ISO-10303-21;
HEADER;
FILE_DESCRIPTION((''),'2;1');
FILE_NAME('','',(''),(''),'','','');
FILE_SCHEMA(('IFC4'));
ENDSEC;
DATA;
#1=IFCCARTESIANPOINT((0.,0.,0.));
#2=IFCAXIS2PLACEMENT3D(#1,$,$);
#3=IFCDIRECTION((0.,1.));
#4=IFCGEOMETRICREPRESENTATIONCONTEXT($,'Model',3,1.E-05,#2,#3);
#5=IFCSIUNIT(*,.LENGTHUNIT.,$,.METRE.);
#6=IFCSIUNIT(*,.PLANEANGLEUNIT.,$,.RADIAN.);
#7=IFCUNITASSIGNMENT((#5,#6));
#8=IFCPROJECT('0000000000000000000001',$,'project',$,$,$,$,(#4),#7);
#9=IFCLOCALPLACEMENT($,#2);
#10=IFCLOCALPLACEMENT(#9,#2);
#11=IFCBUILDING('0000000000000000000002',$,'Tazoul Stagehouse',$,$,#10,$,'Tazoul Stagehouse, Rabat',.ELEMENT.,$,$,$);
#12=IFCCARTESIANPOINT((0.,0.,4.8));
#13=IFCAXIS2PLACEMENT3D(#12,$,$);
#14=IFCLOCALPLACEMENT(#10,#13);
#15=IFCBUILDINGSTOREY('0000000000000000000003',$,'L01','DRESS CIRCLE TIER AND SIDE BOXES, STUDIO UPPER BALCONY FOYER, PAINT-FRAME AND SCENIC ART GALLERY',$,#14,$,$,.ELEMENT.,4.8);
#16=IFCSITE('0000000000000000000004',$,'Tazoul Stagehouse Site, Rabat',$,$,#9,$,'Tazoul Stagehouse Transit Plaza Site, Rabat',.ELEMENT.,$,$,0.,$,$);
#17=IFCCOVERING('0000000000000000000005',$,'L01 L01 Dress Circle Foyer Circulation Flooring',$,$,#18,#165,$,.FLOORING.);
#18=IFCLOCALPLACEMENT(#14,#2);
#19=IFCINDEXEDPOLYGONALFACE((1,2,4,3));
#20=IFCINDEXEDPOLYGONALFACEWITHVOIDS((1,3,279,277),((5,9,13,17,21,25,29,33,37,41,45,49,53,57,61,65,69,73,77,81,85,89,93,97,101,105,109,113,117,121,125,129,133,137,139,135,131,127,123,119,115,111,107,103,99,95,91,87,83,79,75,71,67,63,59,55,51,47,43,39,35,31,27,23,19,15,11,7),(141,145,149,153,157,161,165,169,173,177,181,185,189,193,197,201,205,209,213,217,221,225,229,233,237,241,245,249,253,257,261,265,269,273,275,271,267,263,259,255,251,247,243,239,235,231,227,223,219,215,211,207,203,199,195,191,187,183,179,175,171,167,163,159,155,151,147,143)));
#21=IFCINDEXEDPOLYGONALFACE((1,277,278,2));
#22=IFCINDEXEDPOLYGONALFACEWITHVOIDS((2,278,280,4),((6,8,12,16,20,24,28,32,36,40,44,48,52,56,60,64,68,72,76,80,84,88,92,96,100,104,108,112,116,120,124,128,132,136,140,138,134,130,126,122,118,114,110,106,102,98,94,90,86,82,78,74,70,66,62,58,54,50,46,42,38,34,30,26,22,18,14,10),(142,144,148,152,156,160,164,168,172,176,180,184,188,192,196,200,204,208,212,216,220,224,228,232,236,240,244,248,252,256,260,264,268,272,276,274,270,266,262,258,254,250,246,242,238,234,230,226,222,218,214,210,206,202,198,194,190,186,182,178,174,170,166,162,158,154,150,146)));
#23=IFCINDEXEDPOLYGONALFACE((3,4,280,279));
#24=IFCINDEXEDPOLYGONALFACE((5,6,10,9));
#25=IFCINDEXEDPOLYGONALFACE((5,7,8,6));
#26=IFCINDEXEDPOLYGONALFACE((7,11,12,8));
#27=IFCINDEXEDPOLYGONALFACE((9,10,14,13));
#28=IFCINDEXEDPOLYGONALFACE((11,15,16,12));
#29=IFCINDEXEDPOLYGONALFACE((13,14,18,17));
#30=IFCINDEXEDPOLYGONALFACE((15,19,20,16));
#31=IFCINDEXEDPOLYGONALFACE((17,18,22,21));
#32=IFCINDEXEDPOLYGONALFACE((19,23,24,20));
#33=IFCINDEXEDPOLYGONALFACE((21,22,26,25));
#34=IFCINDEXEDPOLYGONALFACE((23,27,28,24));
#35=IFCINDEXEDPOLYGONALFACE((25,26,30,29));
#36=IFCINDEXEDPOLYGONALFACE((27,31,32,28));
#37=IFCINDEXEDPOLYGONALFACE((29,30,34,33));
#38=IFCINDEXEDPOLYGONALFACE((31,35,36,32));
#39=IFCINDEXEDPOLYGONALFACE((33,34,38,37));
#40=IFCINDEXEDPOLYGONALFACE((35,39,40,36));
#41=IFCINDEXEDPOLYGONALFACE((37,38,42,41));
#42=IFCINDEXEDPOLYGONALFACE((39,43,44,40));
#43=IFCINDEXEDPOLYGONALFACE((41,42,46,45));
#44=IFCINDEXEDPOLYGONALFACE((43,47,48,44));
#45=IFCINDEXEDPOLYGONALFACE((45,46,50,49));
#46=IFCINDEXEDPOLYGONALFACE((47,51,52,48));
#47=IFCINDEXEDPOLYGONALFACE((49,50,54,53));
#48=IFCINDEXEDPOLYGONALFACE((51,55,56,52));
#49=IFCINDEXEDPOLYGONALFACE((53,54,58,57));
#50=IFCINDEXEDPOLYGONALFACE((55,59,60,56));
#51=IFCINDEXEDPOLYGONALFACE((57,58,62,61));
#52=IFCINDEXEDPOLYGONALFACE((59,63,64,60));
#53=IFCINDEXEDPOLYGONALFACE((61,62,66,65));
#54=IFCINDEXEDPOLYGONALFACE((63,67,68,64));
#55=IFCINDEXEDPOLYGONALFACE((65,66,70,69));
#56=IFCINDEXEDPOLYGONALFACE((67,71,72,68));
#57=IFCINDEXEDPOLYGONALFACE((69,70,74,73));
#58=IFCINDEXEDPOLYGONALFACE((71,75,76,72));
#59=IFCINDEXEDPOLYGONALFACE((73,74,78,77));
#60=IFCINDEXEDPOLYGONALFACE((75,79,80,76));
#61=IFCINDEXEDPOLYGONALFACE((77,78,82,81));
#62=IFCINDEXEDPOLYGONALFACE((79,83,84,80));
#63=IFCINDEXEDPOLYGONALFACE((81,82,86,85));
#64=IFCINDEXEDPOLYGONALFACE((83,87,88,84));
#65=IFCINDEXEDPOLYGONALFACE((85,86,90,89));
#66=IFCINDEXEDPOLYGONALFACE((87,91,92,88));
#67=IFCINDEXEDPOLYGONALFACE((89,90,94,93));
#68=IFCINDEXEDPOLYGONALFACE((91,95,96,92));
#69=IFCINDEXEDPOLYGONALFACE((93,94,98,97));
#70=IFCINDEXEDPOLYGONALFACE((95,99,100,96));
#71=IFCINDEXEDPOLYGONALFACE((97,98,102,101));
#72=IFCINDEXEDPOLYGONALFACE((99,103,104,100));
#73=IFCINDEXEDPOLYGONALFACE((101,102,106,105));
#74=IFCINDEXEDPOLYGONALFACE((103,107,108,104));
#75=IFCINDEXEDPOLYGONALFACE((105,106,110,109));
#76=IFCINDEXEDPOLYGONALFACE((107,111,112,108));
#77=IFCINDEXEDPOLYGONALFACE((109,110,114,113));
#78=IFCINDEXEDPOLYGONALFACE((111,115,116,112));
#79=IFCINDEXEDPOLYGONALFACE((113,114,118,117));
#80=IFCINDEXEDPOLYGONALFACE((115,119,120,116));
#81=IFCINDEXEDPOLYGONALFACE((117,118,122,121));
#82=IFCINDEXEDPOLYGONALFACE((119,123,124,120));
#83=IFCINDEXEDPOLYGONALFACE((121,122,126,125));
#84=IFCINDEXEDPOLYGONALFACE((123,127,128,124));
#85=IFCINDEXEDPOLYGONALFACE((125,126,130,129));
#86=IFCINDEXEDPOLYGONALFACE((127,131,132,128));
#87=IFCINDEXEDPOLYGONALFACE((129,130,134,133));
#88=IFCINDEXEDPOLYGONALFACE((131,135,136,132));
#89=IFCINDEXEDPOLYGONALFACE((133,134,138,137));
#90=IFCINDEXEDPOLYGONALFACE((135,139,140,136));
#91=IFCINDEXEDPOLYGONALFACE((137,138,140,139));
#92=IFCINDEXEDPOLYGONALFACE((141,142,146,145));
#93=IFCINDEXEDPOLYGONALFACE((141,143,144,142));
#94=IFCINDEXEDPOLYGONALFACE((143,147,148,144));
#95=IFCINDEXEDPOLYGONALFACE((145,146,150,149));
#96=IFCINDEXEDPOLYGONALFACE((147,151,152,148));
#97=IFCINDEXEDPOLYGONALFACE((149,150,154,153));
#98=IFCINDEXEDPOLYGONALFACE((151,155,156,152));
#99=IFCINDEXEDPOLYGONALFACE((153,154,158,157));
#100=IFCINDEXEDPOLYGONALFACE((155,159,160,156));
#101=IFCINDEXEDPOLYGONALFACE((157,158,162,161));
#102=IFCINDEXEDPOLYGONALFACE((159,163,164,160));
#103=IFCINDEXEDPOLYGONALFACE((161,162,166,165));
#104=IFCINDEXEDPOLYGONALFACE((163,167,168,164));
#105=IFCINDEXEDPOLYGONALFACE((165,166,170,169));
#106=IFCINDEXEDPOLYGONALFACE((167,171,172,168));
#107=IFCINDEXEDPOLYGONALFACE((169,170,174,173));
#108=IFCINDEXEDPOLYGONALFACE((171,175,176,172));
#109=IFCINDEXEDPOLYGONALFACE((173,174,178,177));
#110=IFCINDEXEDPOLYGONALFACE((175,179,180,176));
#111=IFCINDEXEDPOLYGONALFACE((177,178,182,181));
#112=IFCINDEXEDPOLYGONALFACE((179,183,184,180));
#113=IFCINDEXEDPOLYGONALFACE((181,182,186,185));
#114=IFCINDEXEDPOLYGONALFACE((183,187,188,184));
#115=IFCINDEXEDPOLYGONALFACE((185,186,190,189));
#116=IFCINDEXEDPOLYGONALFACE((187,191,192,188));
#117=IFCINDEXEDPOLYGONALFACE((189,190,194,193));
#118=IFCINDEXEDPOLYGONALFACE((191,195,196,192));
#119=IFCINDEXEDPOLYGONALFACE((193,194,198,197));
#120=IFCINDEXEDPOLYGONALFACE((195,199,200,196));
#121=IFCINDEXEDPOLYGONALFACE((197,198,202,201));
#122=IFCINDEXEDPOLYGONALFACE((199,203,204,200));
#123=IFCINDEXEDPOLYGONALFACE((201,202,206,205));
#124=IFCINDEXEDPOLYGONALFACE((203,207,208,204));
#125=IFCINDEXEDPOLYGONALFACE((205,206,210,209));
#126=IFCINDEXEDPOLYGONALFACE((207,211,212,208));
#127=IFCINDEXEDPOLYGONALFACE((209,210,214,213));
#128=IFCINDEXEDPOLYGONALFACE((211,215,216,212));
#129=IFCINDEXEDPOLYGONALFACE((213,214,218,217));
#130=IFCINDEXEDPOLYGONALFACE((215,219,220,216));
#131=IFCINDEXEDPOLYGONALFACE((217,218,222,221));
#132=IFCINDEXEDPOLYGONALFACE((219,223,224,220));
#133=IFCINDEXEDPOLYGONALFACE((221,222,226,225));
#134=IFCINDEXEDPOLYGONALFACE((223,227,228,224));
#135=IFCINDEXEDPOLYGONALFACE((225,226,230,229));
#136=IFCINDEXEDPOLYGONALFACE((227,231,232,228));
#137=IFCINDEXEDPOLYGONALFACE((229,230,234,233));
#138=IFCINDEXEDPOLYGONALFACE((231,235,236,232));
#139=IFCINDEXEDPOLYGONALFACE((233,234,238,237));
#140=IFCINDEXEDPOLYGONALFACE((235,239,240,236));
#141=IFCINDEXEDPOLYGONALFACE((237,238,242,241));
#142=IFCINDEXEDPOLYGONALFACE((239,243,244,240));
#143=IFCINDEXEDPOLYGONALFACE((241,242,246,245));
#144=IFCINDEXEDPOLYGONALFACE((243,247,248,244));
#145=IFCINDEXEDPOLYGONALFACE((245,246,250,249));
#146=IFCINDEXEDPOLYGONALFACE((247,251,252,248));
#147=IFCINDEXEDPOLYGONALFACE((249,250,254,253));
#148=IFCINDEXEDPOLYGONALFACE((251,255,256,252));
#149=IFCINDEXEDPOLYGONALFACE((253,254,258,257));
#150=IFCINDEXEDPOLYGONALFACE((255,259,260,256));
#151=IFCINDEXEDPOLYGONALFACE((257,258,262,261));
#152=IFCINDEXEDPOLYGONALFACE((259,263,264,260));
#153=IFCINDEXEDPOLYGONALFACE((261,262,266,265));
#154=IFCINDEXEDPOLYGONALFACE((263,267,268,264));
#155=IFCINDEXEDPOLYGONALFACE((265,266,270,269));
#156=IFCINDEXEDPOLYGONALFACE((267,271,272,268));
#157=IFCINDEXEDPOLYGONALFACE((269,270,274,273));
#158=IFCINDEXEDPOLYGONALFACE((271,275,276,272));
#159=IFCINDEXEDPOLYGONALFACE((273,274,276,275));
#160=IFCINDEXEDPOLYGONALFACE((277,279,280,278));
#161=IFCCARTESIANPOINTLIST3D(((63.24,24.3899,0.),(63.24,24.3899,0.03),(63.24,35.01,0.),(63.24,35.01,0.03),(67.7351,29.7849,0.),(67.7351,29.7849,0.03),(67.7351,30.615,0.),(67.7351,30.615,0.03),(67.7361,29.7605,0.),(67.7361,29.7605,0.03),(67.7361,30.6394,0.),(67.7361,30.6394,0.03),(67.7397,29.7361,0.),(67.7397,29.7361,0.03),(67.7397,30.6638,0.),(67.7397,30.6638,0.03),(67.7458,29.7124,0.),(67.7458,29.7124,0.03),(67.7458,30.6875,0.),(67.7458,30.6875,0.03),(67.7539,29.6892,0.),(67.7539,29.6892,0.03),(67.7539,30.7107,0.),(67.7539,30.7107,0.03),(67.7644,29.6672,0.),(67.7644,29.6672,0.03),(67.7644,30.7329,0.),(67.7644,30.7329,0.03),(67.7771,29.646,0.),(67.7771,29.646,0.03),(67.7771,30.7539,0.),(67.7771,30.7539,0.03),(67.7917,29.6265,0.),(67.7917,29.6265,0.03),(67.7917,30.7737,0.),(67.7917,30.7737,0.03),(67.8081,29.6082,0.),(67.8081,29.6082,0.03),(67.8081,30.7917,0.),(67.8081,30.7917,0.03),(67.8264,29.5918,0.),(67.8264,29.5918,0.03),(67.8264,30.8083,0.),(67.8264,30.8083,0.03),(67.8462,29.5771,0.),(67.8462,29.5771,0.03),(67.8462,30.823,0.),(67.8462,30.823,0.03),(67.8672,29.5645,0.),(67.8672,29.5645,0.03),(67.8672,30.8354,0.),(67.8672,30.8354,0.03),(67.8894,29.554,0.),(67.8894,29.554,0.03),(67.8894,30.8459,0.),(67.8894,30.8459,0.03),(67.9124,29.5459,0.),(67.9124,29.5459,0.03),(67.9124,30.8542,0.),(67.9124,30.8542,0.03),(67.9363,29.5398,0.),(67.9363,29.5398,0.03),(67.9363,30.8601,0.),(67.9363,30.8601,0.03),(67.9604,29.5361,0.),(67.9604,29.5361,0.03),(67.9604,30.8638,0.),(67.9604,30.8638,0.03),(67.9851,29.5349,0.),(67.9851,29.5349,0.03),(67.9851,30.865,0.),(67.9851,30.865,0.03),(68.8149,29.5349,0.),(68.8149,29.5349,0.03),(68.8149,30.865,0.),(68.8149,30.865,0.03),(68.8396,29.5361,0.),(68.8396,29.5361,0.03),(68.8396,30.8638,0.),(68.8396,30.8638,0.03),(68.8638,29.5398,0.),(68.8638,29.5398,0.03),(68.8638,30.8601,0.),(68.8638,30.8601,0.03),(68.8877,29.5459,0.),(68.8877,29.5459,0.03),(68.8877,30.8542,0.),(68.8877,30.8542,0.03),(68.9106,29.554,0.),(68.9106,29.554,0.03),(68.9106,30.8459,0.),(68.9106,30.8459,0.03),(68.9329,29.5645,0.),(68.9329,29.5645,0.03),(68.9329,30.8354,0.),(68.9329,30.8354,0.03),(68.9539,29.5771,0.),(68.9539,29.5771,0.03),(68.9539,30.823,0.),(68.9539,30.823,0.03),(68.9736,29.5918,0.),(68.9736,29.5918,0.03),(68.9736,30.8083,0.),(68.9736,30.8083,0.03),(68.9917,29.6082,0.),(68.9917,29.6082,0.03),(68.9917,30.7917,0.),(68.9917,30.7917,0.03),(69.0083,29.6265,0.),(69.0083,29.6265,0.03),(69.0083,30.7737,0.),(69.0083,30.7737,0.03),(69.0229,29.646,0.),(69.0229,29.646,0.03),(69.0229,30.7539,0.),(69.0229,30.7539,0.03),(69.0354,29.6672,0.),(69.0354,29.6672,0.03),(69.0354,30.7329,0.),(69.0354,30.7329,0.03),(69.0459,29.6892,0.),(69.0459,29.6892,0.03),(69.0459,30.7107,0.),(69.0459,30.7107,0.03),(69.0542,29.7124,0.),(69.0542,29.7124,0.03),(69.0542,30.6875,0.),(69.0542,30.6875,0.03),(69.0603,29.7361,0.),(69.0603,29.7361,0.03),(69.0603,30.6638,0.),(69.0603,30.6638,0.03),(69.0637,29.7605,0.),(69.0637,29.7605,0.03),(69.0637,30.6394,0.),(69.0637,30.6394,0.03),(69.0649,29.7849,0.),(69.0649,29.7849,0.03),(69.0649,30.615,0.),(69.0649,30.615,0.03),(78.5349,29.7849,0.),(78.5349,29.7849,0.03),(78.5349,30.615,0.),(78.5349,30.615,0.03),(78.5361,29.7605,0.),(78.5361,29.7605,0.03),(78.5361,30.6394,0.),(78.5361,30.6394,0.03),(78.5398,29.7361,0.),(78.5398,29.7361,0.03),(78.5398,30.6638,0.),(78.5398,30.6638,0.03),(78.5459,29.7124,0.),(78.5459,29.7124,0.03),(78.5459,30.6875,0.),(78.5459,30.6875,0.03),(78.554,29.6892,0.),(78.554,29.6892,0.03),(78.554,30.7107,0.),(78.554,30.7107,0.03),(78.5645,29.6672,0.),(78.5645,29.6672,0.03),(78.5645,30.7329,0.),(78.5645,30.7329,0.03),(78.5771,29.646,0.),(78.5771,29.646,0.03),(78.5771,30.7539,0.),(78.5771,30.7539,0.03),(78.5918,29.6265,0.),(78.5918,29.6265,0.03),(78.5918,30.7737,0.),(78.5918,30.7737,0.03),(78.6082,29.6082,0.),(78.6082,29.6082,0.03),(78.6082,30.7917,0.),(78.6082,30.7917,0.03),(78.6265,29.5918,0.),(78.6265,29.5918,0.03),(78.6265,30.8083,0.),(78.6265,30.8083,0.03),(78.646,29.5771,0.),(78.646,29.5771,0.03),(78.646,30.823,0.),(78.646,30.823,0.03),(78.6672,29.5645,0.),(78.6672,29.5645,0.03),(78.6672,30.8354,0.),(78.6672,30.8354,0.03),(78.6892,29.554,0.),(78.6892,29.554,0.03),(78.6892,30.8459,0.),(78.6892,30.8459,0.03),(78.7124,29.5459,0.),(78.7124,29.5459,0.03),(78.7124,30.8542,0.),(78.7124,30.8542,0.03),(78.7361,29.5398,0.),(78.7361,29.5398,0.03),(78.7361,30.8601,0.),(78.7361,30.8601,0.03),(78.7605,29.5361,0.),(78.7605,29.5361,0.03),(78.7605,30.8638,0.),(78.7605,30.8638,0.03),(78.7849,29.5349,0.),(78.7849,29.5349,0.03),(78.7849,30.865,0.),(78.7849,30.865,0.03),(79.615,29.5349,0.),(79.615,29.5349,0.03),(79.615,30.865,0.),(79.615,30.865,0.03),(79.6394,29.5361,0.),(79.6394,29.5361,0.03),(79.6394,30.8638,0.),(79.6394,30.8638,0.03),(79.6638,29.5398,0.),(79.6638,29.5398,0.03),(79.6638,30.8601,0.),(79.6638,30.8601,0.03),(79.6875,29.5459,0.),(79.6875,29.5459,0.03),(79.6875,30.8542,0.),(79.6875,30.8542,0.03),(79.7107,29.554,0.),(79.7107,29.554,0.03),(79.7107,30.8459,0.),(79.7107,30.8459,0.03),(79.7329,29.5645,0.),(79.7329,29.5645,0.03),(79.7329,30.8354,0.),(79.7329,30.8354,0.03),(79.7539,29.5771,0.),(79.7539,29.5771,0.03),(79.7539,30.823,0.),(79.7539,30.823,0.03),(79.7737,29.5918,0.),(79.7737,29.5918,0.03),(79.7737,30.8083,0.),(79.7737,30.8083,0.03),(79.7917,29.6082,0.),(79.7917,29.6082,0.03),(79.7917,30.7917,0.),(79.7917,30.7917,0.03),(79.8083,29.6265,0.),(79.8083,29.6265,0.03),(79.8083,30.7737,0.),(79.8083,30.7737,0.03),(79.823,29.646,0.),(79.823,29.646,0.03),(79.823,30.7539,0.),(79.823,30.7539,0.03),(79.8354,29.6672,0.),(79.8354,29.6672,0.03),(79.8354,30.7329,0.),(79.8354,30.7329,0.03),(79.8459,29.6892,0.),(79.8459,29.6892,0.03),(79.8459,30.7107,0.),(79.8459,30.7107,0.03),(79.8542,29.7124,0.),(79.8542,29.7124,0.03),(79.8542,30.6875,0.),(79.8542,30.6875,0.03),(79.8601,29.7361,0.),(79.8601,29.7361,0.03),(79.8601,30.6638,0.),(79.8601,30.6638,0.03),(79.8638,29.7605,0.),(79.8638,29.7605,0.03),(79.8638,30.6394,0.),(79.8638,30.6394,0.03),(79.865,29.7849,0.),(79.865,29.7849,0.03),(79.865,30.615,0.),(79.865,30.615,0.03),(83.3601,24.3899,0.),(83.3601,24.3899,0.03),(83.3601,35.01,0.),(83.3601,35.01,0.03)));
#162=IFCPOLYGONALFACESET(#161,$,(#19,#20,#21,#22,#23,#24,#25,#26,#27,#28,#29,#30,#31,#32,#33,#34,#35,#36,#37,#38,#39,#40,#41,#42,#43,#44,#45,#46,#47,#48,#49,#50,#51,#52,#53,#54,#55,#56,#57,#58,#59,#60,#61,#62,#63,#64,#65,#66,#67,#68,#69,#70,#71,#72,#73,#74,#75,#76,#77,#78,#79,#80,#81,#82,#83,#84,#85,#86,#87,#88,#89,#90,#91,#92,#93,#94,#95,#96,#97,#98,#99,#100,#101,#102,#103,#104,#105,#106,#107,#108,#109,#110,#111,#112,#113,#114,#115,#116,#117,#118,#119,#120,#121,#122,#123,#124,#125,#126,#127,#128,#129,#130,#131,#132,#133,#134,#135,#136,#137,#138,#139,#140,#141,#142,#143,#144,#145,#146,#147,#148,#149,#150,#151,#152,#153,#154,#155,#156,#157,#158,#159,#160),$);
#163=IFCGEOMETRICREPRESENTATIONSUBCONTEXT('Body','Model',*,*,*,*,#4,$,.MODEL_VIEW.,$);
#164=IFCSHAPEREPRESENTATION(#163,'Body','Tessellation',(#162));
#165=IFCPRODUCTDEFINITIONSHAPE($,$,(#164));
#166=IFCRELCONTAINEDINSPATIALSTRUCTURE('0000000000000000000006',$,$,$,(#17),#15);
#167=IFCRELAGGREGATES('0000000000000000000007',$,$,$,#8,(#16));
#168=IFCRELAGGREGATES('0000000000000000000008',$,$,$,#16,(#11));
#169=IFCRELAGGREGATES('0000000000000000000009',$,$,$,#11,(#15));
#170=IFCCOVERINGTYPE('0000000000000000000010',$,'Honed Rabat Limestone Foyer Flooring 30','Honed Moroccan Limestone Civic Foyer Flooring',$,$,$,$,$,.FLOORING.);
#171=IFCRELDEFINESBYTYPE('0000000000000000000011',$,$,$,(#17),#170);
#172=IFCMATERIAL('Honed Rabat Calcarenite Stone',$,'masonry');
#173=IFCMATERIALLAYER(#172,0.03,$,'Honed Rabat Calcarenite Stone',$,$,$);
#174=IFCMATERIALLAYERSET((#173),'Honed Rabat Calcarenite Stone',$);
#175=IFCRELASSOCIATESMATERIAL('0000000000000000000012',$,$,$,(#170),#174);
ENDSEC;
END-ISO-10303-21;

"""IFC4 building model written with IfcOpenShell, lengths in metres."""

from ifc_helpers import new_model, si_unit, direction, frame, origin, place, context, subcontext, project, spatial, polyline, outline, extrude, material, layer, layer_set, type_object, element, save


model = new_model("IFC4")

# Units and contexts
model_context = context("Model", 3, precision=1e-05, world=origin(), true_north=direction((0.0, 1.0)))
body_context = subcontext(model_context, "Body", "Model", "MODEL_VIEW")
ifc_project = project(units=[si_unit("LENGTHUNIT", "METRE"), si_unit("PLANEANGLEUNIT", "RADIAN")], contexts=[model_context])

# Site, building, storey
site_placement = place(None, origin())
site = spatial("IfcSite", under=ifc_project, at=site_placement, Name="Tazoul Stagehouse Site, Rabat", LongName="Tazoul Stagehouse Transit Plaza Site, Rabat", CompositionType="ELEMENT", RefElevation=0.0)
building_placement = place(site_placement, origin())
building = spatial("IfcBuilding", under=site, at=building_placement, Name="Tazoul Stagehouse", LongName="Tazoul Stagehouse, Rabat", CompositionType="ELEMENT")
storey_placement = place(building_placement, frame((0.0, 0.0, 4.8)))
storey = spatial("IfcBuildingStorey", under=building, at=storey_placement, Name="L01", Description="DRESS CIRCLE TIER AND SIDE BOXES, STUDIO UPPER BALCONY FOYER, PAINT-FRAME AND SCENIC ART GALLERY", CompositionType="ELEMENT", Elevation=4.8)

# Covering
ifc_material_1 = material(Name="Honed Rabat Calcarenite Stone", Category="masonry")
ifc_layer_1 = layer(ifc_material_1, 0.03, Name="Honed Rabat Calcarenite Stone")
ifc_layer_set_1 = layer_set([ifc_layer_1], Name="Honed Rabat Calcarenite Stone")
covering_type_1 = type_object("IfcCoveringType", Name="Honed Rabat Limestone Foyer Flooring 30", Description="Honed Moroccan Limestone Civic Foyer Flooring", PredefinedType="FLOORING", material=ifc_layer_set_1)
covering_1_placement = place(storey_placement, origin())
element("IfcCovering", 1, at=covering_1_placement, inside=storey, type_object=covering_type_1, Name="L01 L01 Dress Circle Foyer Circulation Flooring", PredefinedType="FLOORING", context=body_context, shape_type="SweptSolid", body=[
    extrude(outline(polyline([(83.3601, 35.01), (83.3601, 24.3899), (63.24, 24.3899), (63.24, 35.01), (83.3601, 35.01)]), holes=[polyline([(79.8638, 30.6394), (79.8601, 30.6638), (79.8542, 30.6875), (79.8459, 30.7107), (79.8354, 30.7329), (79.823, 30.7539), (79.8083, 30.7737), (79.7917, 30.7917), (79.7737, 30.8083), (79.7539, 30.823), (79.7329, 30.8354), (79.7107, 30.8459), (79.6875, 30.8542), (79.6638, 30.8601), (79.6394, 30.8638), (79.615, 30.865), (78.7849, 30.865), (78.7605, 30.8638), (78.7361, 30.8601), (78.7124, 30.8542), (78.6892, 30.8459), (78.6672, 30.8354), (78.646, 30.823), (78.6265, 30.8083), (78.6082, 30.7917), (78.5918, 30.7737), (78.5771, 30.7539), (78.5645, 30.7329), (78.554, 30.7107), (78.5459, 30.6875), (78.5398, 30.6638), (78.5361, 30.6394), (78.5349, 30.615), (78.5349, 29.7849), (78.5361, 29.7605), (78.5398, 29.7361), (78.5459, 29.7124), (78.554, 29.6892), (78.5645, 29.6672), (78.5771, 29.646), (78.5918, 29.6265), (78.6082, 29.6082), (78.6265, 29.5918), (78.646, 29.5771), (78.6672, 29.5645), (78.6892, 29.554), (78.7124, 29.5459), (78.7361, 29.5398), (78.7605, 29.5361), (78.7849, 29.5349), (79.615, 29.5349), (79.6394, 29.5361), (79.6638, 29.5398), (79.6875, 29.5459), (79.7107, 29.554), (79.7329, 29.5645), (79.7539, 29.5771), (79.7737, 29.5918), (79.7917, 29.6082), (79.8083, 29.6265), (79.823, 29.646), (79.8354, 29.6672), (79.8459, 29.6892), (79.8542, 29.7124), (79.8601, 29.7361), (79.8638, 29.7605), (79.865, 29.7849), (79.865, 30.615), (79.8638, 30.6394)]), polyline([(67.9604, 30.8638), (67.9363, 30.8601), (67.9124, 30.8542), (67.8894, 30.8459), (67.8672, 30.8354), (67.8462, 30.823), (67.8264, 30.8083), (67.8081, 30.7917), (67.7917, 30.7737), (67.7771, 30.7539), (67.7644, 30.7329), (67.7539, 30.7107), (67.7458, 30.6875), (67.7397, 30.6638), (67.7361, 30.6394), (67.7351, 30.615), (67.7351, 29.7849), (67.7361, 29.7605), (67.7397, 29.7361), (67.7458, 29.7124), (67.7539, 29.6892), (67.7644, 29.6672), (67.7771, 29.646), (67.7917, 29.6265), (67.8081, 29.6082), (67.8264, 29.5918), (67.8462, 29.5771), (67.8672, 29.5645), (67.8894, 29.554), (67.9124, 29.5459), (67.9363, 29.5398), (67.9604, 29.5361), (67.9851, 29.5349), (68.8149, 29.5349), (68.8396, 29.5361), (68.8638, 29.5398), (68.8877, 29.5459), (68.9106, 29.554), (68.9329, 29.5645), (68.9539, 29.5771), (68.9736, 29.5918), (68.9917, 29.6082), (69.0083, 29.6265), (69.0229, 29.646), (69.0354, 29.6672), (69.0459, 29.6892), (69.0542, 29.7124), (69.0603, 29.7361), (69.0637, 29.7605), (69.0649, 29.7849), (69.0649, 30.615), (69.0637, 30.6394), (69.0603, 30.6638), (69.0542, 30.6875), (69.0459, 30.7107), (69.0354, 30.7329), (69.0229, 30.7539), (69.0083, 30.7737), (68.9917, 30.7917), (68.9736, 30.8083), (68.9539, 30.823), (68.9329, 30.8354), (68.9106, 30.8459), (68.8877, 30.8542), (68.8638, 30.8601), (68.8396, 30.8638), (68.8149, 30.865), (67.9851, 30.865), (67.9604, 30.8638)])]), origin(), (0.0, 0.0, 1.0), 0.03),
])

save(model, "model.ifc")
